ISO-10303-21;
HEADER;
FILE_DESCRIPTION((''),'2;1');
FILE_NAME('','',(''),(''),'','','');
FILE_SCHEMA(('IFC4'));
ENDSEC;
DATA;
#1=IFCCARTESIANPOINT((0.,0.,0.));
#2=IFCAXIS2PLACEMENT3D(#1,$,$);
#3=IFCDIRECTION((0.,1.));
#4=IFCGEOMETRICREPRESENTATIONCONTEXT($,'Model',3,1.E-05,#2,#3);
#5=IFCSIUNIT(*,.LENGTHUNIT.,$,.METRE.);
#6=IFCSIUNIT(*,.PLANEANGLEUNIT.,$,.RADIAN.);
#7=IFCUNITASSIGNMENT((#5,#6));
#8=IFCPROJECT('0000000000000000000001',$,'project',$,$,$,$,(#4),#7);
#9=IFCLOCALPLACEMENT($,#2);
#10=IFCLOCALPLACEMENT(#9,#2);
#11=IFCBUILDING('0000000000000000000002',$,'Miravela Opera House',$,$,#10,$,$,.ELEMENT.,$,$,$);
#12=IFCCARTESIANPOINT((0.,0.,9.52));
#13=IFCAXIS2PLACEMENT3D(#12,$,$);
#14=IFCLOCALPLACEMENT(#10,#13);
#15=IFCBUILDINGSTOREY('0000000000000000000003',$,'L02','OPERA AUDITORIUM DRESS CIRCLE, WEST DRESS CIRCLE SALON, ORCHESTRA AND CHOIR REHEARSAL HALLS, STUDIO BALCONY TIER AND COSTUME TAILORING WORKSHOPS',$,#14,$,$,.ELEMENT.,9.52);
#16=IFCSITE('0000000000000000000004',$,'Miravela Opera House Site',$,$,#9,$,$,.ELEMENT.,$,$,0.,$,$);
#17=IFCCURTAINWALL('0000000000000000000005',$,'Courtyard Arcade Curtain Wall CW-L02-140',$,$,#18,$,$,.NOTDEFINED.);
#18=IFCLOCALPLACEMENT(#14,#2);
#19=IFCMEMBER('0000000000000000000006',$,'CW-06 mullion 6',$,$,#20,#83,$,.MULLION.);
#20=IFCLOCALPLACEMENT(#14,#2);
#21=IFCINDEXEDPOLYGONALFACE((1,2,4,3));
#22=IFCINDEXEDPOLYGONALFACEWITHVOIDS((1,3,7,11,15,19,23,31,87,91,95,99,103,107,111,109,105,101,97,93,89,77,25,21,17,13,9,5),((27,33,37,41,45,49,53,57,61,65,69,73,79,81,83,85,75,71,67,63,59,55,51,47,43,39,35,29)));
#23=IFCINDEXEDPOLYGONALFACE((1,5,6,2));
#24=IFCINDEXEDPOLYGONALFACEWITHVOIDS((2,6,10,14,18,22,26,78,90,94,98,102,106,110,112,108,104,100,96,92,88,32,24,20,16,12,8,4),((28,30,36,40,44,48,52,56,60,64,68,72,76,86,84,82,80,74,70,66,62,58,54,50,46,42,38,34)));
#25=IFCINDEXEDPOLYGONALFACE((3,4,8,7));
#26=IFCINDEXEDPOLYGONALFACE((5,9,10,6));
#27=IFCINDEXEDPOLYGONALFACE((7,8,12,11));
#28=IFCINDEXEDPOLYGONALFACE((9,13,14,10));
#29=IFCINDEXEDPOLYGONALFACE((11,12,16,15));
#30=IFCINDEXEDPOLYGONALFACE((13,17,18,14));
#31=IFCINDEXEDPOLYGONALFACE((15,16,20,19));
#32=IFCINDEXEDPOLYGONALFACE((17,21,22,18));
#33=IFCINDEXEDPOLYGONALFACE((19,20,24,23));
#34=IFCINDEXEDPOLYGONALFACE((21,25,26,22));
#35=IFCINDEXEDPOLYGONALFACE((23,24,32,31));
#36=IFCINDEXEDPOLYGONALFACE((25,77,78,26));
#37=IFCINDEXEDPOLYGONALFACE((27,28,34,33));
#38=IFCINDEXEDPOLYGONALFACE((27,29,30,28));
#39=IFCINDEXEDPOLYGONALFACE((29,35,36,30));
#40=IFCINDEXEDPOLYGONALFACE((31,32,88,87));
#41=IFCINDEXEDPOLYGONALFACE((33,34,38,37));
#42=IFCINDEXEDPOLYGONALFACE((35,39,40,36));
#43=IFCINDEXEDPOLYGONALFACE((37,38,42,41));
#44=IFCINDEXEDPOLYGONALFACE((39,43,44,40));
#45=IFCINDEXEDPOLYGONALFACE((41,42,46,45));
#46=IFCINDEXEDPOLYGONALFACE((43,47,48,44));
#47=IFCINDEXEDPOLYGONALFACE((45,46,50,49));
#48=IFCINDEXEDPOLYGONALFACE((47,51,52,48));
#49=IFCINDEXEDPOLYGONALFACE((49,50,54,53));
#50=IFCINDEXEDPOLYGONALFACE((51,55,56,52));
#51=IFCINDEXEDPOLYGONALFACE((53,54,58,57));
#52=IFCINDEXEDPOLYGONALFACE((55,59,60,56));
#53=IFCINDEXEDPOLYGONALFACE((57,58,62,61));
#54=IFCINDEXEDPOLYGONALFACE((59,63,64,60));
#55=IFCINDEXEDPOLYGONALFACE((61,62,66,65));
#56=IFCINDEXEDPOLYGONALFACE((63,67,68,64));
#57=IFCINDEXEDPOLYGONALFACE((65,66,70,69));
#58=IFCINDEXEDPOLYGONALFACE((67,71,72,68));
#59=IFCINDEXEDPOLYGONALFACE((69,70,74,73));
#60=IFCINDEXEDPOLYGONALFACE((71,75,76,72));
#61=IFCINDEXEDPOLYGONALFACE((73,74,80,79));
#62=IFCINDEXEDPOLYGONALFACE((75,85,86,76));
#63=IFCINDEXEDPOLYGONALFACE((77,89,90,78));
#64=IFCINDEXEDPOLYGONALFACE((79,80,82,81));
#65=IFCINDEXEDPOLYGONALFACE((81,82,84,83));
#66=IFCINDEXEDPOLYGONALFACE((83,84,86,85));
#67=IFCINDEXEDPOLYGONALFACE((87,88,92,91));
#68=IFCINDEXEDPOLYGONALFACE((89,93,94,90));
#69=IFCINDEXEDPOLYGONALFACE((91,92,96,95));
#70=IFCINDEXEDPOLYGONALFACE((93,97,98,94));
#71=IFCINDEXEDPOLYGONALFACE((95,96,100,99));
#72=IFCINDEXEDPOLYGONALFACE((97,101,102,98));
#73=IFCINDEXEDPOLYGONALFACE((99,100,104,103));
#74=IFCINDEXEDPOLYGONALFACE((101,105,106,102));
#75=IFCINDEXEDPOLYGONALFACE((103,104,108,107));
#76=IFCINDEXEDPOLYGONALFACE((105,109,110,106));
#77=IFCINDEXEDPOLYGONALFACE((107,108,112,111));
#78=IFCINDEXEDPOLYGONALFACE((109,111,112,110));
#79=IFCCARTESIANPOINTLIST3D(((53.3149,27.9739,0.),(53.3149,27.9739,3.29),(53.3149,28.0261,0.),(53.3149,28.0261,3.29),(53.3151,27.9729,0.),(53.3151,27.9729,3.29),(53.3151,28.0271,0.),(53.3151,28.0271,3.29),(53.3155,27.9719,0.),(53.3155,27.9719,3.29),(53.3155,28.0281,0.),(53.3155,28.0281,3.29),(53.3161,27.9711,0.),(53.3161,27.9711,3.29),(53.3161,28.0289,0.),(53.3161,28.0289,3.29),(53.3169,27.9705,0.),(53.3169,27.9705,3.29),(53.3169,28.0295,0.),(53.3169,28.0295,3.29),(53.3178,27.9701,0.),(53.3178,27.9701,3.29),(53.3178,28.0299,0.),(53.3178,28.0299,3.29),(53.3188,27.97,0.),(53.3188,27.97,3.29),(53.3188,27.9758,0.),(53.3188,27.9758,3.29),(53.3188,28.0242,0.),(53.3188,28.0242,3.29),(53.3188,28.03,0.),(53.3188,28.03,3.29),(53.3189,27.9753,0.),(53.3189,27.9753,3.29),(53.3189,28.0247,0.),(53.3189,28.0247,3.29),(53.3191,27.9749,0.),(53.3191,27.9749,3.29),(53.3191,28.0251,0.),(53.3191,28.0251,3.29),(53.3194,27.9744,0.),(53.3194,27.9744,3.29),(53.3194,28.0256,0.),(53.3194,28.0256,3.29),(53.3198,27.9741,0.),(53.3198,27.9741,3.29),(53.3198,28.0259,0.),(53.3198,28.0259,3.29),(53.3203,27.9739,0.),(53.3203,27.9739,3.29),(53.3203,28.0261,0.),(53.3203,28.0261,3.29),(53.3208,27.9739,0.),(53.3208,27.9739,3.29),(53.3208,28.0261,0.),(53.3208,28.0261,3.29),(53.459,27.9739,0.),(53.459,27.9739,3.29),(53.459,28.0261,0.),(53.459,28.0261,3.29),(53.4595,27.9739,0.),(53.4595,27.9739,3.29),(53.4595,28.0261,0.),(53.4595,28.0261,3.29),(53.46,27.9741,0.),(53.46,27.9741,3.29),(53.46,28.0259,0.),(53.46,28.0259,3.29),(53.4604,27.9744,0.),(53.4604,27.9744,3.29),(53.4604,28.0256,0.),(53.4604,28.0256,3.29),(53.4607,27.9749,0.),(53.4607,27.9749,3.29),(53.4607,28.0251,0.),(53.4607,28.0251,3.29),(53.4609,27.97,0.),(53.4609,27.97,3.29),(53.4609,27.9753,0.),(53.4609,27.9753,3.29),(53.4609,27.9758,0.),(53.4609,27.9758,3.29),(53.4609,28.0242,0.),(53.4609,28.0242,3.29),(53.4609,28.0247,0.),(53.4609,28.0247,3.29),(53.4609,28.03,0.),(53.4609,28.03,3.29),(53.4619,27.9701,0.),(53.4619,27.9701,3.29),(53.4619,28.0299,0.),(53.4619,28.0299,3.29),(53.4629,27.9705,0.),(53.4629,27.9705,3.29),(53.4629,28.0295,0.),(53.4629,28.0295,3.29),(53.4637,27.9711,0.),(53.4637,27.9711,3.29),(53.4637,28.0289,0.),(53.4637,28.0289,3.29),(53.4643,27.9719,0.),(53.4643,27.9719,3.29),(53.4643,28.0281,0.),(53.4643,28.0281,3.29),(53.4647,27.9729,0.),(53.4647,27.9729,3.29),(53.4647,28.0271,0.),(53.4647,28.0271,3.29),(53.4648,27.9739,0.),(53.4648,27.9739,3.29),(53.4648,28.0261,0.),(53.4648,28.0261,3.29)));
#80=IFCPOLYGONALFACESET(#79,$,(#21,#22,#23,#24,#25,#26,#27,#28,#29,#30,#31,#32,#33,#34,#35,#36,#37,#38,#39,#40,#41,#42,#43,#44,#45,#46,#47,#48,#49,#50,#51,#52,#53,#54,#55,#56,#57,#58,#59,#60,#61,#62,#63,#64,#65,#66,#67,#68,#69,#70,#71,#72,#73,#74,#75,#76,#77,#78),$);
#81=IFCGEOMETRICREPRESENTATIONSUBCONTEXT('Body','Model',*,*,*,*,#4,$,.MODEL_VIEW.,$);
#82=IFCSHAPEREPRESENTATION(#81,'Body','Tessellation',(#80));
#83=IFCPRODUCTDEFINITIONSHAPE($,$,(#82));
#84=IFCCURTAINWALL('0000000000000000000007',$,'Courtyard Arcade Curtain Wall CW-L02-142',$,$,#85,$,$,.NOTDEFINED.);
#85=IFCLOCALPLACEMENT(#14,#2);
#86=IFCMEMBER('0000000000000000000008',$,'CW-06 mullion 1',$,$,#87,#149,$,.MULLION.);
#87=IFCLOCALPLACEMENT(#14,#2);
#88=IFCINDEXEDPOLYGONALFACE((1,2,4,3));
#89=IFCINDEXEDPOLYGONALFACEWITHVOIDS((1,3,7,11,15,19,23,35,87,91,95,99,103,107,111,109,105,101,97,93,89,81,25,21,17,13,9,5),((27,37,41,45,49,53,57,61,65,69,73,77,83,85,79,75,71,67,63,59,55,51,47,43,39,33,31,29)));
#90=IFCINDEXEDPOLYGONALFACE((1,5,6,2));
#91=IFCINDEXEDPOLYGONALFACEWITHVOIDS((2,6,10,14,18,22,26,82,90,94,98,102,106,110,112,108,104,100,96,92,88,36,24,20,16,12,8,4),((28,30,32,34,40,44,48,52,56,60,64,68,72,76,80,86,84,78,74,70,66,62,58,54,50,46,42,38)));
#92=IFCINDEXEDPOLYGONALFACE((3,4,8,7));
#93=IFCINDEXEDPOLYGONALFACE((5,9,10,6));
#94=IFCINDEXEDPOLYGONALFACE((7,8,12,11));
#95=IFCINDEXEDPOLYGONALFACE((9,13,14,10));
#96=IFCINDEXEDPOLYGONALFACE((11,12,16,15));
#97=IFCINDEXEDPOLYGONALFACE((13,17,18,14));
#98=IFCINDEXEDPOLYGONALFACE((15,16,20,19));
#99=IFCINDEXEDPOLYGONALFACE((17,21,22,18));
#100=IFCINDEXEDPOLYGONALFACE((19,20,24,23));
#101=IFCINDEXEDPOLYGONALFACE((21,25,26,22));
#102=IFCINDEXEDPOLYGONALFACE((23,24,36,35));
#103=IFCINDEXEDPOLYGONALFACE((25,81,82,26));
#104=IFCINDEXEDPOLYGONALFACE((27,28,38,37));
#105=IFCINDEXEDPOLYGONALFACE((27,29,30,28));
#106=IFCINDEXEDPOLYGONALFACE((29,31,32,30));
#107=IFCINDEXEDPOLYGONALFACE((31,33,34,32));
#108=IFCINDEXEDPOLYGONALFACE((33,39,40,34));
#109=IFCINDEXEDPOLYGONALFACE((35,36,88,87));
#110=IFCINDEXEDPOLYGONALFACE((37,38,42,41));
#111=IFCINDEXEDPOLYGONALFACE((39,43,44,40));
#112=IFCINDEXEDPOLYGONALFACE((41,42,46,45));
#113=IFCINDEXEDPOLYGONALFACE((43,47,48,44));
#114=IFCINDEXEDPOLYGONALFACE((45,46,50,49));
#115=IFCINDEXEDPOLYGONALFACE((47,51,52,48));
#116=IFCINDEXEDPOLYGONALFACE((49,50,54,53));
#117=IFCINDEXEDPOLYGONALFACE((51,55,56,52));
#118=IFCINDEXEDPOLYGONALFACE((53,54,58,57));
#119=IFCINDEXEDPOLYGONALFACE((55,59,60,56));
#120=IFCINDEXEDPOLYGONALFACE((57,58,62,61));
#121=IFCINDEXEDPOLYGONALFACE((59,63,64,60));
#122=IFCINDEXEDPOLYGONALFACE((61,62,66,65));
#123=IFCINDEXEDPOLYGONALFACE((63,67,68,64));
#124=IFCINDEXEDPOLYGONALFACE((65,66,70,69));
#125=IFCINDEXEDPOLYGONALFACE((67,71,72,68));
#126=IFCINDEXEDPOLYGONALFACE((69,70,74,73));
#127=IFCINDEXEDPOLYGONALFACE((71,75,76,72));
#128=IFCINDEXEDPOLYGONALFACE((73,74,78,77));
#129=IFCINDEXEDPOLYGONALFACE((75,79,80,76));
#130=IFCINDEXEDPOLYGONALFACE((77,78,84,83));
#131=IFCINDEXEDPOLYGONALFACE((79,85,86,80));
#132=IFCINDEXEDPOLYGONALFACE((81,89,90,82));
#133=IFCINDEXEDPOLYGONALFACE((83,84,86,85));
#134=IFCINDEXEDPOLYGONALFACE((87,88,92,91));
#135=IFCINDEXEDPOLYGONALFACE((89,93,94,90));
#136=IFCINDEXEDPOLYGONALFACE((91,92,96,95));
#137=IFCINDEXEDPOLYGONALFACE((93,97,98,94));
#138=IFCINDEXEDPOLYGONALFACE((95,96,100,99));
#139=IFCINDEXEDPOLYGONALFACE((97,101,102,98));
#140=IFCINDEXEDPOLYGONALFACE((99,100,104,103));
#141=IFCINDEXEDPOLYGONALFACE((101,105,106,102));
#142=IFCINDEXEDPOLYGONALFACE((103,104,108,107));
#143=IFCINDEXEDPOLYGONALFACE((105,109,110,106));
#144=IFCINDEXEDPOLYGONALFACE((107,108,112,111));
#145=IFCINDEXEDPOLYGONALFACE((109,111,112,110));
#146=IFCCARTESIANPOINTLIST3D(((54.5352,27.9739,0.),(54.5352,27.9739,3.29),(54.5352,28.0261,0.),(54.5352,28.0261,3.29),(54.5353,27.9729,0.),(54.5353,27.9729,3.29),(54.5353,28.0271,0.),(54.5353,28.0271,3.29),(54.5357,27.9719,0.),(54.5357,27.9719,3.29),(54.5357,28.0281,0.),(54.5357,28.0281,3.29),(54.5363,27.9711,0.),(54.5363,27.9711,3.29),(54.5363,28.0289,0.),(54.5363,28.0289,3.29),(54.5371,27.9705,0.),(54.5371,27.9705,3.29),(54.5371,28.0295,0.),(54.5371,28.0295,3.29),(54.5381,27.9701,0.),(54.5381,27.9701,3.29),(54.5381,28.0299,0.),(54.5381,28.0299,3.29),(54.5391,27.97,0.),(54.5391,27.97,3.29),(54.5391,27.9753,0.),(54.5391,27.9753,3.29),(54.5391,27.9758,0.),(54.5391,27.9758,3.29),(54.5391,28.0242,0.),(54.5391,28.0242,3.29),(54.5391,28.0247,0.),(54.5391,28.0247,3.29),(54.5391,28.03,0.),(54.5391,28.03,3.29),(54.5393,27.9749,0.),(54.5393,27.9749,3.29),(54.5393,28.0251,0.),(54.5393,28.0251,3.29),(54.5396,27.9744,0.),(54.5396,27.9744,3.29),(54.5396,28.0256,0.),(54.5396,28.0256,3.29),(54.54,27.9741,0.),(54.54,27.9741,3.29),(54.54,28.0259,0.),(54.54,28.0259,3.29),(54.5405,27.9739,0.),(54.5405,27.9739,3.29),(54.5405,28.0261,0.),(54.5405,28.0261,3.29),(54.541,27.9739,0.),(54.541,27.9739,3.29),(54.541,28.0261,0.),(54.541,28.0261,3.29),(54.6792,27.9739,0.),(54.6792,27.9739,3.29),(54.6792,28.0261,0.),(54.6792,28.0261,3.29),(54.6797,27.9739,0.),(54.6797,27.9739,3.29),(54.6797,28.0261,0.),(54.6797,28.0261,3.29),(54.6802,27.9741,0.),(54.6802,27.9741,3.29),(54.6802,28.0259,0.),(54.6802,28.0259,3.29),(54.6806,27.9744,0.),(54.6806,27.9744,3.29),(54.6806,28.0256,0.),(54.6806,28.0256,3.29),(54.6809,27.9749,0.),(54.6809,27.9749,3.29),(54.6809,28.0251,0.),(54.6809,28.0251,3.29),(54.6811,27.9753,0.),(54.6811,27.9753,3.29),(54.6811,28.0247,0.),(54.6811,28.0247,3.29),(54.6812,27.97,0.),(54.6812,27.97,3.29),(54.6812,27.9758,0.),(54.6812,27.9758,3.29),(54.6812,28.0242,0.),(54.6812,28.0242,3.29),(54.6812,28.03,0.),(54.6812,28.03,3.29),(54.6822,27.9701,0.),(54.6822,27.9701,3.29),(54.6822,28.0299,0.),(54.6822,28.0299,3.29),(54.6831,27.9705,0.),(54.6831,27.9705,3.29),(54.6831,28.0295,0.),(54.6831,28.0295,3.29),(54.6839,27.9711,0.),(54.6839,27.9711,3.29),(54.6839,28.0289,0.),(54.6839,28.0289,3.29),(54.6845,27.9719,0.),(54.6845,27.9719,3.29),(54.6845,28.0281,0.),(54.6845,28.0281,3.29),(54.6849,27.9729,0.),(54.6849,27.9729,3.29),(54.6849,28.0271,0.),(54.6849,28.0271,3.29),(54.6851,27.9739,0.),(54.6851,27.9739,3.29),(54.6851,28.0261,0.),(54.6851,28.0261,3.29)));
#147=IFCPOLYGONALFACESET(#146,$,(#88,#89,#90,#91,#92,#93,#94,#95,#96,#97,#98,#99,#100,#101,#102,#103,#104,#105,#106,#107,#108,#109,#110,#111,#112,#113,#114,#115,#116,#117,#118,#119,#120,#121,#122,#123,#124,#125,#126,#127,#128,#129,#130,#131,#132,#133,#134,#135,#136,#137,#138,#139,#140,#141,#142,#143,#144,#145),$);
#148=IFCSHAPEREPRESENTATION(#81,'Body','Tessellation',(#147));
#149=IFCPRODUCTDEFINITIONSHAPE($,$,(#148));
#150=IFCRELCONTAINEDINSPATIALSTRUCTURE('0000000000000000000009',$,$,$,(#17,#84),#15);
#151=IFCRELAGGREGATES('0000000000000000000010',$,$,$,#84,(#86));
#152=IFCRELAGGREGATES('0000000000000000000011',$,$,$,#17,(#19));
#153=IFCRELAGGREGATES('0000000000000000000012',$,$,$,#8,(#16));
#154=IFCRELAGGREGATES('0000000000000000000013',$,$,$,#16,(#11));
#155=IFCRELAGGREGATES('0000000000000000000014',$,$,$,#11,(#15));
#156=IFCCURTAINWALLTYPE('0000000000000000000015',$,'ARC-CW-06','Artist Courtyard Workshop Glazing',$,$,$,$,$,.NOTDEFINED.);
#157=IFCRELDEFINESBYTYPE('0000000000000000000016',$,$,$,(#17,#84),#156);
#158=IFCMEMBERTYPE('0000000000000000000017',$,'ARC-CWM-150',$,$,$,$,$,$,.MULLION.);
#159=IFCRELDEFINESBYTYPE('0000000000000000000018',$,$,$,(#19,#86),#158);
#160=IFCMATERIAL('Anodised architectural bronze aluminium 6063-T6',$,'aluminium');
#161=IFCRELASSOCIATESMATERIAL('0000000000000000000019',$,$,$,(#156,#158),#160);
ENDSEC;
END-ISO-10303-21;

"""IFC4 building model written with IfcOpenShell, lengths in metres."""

from ifc_helpers import new_model, si_unit, direction, frame, origin, origin_2d, place, context, subcontext, project, spatial, hollow_rectangle, extrude, material, material_profile, profile_set, type_object, element, aggregate, save


model = new_model("IFC4")

# Units and contexts
model_context = context("Model", 3, precision=1e-05, world=origin(), true_north=direction((0.0, 1.0)))
body_context = subcontext(model_context, "Body", "Model", "MODEL_VIEW")
ifc_project = project(units=[si_unit("LENGTHUNIT", "METRE"), si_unit("PLANEANGLEUNIT", "RADIAN")], contexts=[model_context])

# Site, building, storey
site_placement = place(None, origin())
site = spatial("IfcSite", under=ifc_project, at=site_placement, Name="Miravela Opera House Site", CompositionType="ELEMENT", RefElevation=0.0)
building_placement = place(site_placement, origin())
building = spatial("IfcBuilding", under=site, at=building_placement, Name="Miravela Opera House", CompositionType="ELEMENT")
storey_placement = place(building_placement, frame((0.0, 0.0, 9.52)))
storey = spatial("IfcBuildingStorey", under=building, at=storey_placement, Name="L02", Description="OPERA AUDITORIUM DRESS CIRCLE, WEST DRESS CIRCLE SALON, ORCHESTRA AND CHOIR REHEARSAL HALLS, STUDIO BALCONY TIER AND COSTUME TAILORING WORKSHOPS", CompositionType="ELEMENT", Elevation=9.52)

# Curtain wall, member
ifc_material_1 = material(Name="Anodised architectural bronze aluminium 6063-T6", Category="aluminium")
curtain_wall_type = type_object("IfcCurtainWallType", Name="ARC-CW-06", Description="Artist Courtyard Workshop Glazing", PredefinedType="NOTDEFINED", material=ifc_material_1)
curtain_wall_1_placement = place(storey_placement, origin())
curtain_wall_1 = element("IfcCurtainWall", 1, at=curtain_wall_1_placement, inside=storey, type_object=curtain_wall_type, Name="Courtyard Arcade Curtain Wall CW-L02-140", PredefinedType="NOTDEFINED")
ifc_material_profile_1 = material_profile(ifc_material_1, hollow_rectangle(XDim=0.0601, YDim=0.1499, WallThickness=0.0039, InnerFilletRadius=0.002, OuterFilletRadius=0.0039, at=origin_2d()), Name="CWM-60X150")
ifc_profile_set_1 = profile_set([ifc_material_profile_1])
member_type_1 = type_object("IfcMemberType", Name="ARC-CWM-150", PredefinedType="MULLION", material=ifc_profile_set_1)
member_1_placement = place(storey_placement, frame((53.3899, 28.0, 0.0), z_axis=(0.0, 0.0, 1.0), x_axis=(0.0, 1.0, 0.0)))
member_1 = element("IfcMember", 2, at=member_1_placement, type_object=member_type_1, Name="CW-06 mullion 6", PredefinedType="MULLION", context=body_context, shape_type="SweptSolid", body=[
    extrude(hollow_rectangle(XDim=0.0601, YDim=0.1499, WallThickness=0.0039, InnerFilletRadius=0.002, OuterFilletRadius=0.0039, at=origin_2d()), origin(), (0.0, 0.0, 1.0), 3.29),
])

# Curtain wall, member
curtain_wall_2_placement = place(storey_placement, origin())
curtain_wall_2 = element("IfcCurtainWall", 3, at=curtain_wall_2_placement, inside=storey, type_object=curtain_wall_type, Name="Courtyard Arcade Curtain Wall CW-L02-142", PredefinedType="NOTDEFINED")
member_2_placement = place(storey_placement, frame((54.6101, 28.0, 0.0), z_axis=(0.0, 0.0, 1.0), x_axis=(0.0, 1.0, 0.0)))
member_2 = element("IfcMember", 4, at=member_2_placement, type_object=member_type_1, Name="CW-06 mullion 1", PredefinedType="MULLION", context=body_context, shape_type="SweptSolid", body=[
    extrude(hollow_rectangle(XDim=0.0601, YDim=0.1499, WallThickness=0.0039, InnerFilletRadius=0.002, OuterFilletRadius=0.0039, at=origin_2d()), origin(), (0.0, 0.0, 1.0), 3.29),
])

aggregate(curtain_wall_2, [member_2])

aggregate(curtain_wall_1, [member_1])

save(model, "model.ifc")
